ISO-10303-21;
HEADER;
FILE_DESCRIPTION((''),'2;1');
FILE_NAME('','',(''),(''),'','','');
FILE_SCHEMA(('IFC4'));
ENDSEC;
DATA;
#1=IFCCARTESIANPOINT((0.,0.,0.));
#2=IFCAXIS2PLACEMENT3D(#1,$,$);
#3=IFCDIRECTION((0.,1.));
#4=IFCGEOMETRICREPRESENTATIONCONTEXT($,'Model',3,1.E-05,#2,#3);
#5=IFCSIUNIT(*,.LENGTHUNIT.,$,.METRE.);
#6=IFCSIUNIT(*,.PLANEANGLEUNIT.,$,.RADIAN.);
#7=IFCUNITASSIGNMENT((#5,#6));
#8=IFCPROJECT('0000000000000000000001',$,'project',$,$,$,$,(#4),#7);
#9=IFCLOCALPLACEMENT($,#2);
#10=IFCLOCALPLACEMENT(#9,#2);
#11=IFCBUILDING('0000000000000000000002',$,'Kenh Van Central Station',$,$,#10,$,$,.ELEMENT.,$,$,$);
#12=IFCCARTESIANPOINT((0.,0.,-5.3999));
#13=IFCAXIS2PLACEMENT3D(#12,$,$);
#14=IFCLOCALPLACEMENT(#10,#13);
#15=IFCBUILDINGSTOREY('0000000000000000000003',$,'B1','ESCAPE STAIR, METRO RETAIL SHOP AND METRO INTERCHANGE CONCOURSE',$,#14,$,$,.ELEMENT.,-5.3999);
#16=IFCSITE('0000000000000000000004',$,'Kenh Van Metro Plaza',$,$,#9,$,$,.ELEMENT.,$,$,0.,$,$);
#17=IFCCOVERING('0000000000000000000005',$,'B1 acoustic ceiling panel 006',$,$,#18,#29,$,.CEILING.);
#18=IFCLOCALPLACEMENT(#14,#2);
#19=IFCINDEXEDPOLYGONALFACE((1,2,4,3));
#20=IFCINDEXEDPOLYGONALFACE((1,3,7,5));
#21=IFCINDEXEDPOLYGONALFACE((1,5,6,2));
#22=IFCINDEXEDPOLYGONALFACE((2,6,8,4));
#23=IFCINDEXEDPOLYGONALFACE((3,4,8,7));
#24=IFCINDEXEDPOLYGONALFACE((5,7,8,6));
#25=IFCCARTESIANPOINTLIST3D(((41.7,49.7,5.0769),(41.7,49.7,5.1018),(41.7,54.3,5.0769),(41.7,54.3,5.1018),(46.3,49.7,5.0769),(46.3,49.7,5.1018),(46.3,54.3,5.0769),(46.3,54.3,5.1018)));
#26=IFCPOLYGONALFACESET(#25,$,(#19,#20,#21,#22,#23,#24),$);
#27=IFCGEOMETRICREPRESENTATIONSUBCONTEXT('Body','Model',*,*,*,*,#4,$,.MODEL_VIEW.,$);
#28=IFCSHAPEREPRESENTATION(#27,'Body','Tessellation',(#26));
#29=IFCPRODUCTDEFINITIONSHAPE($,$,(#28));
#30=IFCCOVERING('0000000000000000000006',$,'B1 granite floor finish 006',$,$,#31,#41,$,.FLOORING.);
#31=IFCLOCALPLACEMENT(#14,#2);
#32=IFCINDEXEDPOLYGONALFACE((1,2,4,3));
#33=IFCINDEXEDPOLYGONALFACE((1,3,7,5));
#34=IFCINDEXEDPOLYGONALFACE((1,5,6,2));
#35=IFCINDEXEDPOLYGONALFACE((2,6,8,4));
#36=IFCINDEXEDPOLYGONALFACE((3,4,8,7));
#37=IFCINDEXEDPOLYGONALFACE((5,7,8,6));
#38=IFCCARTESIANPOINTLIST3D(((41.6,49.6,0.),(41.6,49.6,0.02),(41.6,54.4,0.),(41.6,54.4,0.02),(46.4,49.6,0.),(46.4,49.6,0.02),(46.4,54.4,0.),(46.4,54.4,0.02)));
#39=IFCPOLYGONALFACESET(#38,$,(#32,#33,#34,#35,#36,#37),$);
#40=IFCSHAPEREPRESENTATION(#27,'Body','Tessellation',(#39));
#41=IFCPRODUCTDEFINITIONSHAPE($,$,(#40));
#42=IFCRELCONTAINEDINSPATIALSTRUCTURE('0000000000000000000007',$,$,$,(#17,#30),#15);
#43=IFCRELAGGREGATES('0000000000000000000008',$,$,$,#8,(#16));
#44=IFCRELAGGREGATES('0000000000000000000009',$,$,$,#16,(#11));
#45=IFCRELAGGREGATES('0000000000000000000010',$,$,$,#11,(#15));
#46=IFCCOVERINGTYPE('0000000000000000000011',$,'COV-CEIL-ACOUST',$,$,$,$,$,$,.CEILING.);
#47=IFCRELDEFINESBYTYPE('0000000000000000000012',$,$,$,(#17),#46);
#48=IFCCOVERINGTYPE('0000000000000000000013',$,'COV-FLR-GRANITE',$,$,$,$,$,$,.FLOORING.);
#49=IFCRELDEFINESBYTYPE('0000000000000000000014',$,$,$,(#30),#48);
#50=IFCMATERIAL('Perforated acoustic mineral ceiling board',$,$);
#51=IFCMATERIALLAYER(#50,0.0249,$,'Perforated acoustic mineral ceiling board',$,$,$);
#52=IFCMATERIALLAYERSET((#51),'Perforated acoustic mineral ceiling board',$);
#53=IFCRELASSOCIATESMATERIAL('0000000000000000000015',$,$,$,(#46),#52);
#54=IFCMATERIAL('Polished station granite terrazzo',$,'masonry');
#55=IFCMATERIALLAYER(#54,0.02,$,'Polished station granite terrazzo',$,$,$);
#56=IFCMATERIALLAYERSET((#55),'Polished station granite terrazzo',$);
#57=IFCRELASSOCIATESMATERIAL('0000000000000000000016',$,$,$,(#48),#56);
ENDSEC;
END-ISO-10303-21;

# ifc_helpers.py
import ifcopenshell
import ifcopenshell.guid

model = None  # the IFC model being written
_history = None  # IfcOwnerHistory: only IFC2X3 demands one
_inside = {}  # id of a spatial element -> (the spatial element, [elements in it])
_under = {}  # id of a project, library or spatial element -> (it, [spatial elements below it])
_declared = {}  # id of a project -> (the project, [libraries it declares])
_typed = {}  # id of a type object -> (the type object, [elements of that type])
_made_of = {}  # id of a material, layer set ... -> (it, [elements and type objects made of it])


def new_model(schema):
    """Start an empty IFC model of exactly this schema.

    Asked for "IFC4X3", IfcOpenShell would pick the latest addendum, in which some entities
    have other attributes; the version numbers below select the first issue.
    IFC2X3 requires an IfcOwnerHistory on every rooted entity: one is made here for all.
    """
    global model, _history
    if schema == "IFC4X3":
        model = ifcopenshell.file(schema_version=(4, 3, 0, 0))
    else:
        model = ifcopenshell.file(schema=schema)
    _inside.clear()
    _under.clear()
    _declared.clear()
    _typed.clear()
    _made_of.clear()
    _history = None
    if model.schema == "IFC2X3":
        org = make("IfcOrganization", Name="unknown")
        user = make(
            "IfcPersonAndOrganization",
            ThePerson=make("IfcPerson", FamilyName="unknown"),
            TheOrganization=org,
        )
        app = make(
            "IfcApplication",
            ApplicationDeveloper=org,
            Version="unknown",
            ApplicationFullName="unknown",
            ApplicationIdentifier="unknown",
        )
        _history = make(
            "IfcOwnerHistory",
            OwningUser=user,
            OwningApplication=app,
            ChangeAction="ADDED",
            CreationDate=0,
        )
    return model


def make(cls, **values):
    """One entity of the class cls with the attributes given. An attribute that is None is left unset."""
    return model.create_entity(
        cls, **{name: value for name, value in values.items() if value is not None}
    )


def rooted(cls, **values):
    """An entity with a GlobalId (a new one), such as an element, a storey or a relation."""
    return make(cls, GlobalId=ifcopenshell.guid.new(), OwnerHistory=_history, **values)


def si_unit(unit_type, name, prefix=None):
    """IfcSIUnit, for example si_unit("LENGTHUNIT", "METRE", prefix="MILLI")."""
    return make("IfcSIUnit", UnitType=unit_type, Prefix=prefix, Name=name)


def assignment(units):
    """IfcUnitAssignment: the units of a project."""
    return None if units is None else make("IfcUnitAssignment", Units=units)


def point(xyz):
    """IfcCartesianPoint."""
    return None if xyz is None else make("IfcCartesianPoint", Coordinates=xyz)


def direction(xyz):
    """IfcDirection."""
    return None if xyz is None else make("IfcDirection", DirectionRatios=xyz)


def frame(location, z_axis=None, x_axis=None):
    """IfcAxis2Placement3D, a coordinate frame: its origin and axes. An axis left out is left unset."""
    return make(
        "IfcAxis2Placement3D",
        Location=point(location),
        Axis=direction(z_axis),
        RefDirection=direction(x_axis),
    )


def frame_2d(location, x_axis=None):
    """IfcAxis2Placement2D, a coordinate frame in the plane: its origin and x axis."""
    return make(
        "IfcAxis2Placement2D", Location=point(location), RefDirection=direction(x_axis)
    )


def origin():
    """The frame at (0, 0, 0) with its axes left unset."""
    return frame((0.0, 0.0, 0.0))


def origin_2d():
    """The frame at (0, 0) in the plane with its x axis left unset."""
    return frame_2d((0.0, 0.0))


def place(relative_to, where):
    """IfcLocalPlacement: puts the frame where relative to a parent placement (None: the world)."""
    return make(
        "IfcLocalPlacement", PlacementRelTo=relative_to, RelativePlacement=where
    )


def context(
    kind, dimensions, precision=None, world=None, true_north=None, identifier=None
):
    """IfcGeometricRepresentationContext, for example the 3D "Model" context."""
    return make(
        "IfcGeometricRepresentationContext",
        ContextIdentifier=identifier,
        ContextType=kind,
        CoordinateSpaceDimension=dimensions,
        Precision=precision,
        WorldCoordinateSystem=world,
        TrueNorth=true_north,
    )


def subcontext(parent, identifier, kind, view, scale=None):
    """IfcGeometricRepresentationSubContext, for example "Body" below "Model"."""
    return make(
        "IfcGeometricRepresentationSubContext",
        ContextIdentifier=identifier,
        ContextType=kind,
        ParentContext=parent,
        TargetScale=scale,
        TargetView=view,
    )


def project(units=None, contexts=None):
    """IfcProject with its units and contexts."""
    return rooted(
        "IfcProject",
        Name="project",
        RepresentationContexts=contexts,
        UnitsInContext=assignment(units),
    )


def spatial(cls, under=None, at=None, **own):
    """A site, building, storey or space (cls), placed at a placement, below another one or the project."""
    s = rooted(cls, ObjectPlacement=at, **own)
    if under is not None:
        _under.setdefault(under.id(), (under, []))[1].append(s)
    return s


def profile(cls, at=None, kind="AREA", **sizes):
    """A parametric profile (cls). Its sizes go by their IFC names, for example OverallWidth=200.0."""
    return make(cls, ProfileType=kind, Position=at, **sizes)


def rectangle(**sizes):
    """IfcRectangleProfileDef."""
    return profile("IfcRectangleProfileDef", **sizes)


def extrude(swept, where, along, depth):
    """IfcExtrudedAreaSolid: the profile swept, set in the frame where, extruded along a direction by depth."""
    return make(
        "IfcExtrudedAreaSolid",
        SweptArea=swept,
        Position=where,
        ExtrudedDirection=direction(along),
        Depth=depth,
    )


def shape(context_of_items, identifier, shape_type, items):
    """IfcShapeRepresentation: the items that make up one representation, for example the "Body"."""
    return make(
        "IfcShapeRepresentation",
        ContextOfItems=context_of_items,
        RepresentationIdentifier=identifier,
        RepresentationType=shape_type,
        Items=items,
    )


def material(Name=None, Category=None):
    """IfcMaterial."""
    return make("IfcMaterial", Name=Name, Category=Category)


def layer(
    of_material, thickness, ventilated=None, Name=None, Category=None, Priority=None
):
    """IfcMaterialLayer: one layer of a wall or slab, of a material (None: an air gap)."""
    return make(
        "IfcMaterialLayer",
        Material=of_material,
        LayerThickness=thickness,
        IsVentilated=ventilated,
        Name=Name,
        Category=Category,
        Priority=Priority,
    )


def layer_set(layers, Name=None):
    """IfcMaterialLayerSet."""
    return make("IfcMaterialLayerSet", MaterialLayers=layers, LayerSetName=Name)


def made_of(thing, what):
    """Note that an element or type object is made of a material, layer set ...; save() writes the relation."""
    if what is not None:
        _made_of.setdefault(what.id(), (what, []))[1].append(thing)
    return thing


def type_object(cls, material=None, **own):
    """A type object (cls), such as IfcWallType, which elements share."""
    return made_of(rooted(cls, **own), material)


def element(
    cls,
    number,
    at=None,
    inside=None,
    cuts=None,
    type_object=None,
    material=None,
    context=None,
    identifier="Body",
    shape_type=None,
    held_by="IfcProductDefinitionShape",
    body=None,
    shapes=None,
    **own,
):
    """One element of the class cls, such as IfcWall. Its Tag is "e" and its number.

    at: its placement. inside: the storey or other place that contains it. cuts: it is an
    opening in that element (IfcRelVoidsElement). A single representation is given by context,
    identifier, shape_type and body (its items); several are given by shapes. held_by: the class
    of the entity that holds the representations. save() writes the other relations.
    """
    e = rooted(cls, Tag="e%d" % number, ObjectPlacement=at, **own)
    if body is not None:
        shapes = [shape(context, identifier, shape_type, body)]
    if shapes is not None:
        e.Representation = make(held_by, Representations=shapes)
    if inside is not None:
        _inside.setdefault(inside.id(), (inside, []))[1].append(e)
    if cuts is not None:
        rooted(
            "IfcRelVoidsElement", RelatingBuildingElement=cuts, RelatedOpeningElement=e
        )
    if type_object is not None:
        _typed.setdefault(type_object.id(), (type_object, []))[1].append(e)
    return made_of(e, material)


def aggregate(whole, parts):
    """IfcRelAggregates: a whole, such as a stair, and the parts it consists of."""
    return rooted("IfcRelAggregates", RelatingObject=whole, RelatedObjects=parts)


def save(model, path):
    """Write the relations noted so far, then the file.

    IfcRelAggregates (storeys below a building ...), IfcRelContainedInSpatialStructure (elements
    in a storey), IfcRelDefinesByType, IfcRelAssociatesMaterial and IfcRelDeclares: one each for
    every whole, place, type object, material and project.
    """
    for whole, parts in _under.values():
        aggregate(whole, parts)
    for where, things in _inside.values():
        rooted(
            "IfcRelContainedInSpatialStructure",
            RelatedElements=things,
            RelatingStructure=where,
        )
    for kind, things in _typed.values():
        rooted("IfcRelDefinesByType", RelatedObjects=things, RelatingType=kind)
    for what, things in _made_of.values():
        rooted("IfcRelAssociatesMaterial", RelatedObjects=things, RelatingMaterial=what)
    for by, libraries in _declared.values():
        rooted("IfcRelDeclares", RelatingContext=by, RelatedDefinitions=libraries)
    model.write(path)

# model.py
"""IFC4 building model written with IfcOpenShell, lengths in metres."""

from ifc_helpers import new_model, si_unit, direction, frame, origin, origin_2d, place, context, subcontext, project, spatial, rectangle, extrude, material, layer, layer_set, type_object, element, save


model = new_model("IFC4")

# Units and contexts
model_context = context("Model", 3, precision=1e-05, world=origin(), true_north=direction((0.0, 1.0)))
body_context = subcontext(model_context, "Body", "Model", "MODEL_VIEW")
ifc_project = project(units=[si_unit("LENGTHUNIT", "METRE"), si_unit("PLANEANGLEUNIT", "RADIAN")], contexts=[model_context])

# Site, building, storey
site_placement = place(None, origin())
site = spatial("IfcSite", under=ifc_project, at=site_placement, Name="Kenh Van Metro Plaza", CompositionType="ELEMENT", RefElevation=0.0)
building_placement = place(site_placement, origin())
building = spatial("IfcBuilding", under=site, at=building_placement, Name="Kenh Van Central Station", CompositionType="ELEMENT")
storey_placement = place(building_placement, frame((0.0, 0.0, -5.3999)))
storey = spatial("IfcBuildingStorey", under=building, at=storey_placement, Name="B1", Description="ESCAPE STAIR, METRO RETAIL SHOP AND METRO INTERCHANGE CONCOURSE", CompositionType="ELEMENT", Elevation=-5.3999)

# Coverings
ifc_material_1 = material(Name="Perforated acoustic mineral ceiling board")
ifc_layer_1 = layer(ifc_material_1, 0.0249, Name="Perforated acoustic mineral ceiling board")
ifc_layer_set_1 = layer_set([ifc_layer_1], Name="Perforated acoustic mineral ceiling board")
covering_type_1 = type_object("IfcCoveringType", Name="COV-CEIL-ACOUST", PredefinedType="CEILING", material=ifc_layer_set_1)
covering_1_placement = place(storey_placement, frame((44.0, 52.0, 5.0769), z_axis=(0.0, 0.0, 1.0), x_axis=(1.0, 0.0, 0.0)))
element("IfcCovering", 1, at=covering_1_placement, inside=storey, type_object=covering_type_1, Name="B1 acoustic ceiling panel 006", PredefinedType="CEILING", context=body_context, shape_type="SweptSolid", body=[
    extrude(rectangle(XDim=4.6001, YDim=4.6001, at=origin_2d()), origin(), (0.0, 0.0, 1.0), 0.0249),
])
ifc_material_2 = material(Name="Polished station granite terrazzo", Category="masonry")
ifc_layer_2 = layer(ifc_material_2, 0.02, Name="Polished station granite terrazzo")
ifc_layer_set_2 = layer_set([ifc_layer_2], Name="Polished station granite terrazzo")
covering_type_2 = type_object("IfcCoveringType", Name="COV-FLR-GRANITE", PredefinedType="FLOORING", material=ifc_layer_set_2)
covering_2_placement = place(storey_placement, frame((44.0, 52.0, 0.0), z_axis=(0.0, 0.0, 1.0), x_axis=(1.0, 0.0, 0.0)))
element("IfcCovering", 2, at=covering_2_placement, inside=storey, type_object=covering_type_2, Name="B1 granite floor finish 006", PredefinedType="FLOORING", context=body_context, shape_type="SweptSolid", body=[
    extrude(rectangle(XDim=4.8, YDim=4.8, at=origin_2d()), origin(), (0.0, 0.0, 1.0), 0.02),
])

save(model, "model.ifc")
